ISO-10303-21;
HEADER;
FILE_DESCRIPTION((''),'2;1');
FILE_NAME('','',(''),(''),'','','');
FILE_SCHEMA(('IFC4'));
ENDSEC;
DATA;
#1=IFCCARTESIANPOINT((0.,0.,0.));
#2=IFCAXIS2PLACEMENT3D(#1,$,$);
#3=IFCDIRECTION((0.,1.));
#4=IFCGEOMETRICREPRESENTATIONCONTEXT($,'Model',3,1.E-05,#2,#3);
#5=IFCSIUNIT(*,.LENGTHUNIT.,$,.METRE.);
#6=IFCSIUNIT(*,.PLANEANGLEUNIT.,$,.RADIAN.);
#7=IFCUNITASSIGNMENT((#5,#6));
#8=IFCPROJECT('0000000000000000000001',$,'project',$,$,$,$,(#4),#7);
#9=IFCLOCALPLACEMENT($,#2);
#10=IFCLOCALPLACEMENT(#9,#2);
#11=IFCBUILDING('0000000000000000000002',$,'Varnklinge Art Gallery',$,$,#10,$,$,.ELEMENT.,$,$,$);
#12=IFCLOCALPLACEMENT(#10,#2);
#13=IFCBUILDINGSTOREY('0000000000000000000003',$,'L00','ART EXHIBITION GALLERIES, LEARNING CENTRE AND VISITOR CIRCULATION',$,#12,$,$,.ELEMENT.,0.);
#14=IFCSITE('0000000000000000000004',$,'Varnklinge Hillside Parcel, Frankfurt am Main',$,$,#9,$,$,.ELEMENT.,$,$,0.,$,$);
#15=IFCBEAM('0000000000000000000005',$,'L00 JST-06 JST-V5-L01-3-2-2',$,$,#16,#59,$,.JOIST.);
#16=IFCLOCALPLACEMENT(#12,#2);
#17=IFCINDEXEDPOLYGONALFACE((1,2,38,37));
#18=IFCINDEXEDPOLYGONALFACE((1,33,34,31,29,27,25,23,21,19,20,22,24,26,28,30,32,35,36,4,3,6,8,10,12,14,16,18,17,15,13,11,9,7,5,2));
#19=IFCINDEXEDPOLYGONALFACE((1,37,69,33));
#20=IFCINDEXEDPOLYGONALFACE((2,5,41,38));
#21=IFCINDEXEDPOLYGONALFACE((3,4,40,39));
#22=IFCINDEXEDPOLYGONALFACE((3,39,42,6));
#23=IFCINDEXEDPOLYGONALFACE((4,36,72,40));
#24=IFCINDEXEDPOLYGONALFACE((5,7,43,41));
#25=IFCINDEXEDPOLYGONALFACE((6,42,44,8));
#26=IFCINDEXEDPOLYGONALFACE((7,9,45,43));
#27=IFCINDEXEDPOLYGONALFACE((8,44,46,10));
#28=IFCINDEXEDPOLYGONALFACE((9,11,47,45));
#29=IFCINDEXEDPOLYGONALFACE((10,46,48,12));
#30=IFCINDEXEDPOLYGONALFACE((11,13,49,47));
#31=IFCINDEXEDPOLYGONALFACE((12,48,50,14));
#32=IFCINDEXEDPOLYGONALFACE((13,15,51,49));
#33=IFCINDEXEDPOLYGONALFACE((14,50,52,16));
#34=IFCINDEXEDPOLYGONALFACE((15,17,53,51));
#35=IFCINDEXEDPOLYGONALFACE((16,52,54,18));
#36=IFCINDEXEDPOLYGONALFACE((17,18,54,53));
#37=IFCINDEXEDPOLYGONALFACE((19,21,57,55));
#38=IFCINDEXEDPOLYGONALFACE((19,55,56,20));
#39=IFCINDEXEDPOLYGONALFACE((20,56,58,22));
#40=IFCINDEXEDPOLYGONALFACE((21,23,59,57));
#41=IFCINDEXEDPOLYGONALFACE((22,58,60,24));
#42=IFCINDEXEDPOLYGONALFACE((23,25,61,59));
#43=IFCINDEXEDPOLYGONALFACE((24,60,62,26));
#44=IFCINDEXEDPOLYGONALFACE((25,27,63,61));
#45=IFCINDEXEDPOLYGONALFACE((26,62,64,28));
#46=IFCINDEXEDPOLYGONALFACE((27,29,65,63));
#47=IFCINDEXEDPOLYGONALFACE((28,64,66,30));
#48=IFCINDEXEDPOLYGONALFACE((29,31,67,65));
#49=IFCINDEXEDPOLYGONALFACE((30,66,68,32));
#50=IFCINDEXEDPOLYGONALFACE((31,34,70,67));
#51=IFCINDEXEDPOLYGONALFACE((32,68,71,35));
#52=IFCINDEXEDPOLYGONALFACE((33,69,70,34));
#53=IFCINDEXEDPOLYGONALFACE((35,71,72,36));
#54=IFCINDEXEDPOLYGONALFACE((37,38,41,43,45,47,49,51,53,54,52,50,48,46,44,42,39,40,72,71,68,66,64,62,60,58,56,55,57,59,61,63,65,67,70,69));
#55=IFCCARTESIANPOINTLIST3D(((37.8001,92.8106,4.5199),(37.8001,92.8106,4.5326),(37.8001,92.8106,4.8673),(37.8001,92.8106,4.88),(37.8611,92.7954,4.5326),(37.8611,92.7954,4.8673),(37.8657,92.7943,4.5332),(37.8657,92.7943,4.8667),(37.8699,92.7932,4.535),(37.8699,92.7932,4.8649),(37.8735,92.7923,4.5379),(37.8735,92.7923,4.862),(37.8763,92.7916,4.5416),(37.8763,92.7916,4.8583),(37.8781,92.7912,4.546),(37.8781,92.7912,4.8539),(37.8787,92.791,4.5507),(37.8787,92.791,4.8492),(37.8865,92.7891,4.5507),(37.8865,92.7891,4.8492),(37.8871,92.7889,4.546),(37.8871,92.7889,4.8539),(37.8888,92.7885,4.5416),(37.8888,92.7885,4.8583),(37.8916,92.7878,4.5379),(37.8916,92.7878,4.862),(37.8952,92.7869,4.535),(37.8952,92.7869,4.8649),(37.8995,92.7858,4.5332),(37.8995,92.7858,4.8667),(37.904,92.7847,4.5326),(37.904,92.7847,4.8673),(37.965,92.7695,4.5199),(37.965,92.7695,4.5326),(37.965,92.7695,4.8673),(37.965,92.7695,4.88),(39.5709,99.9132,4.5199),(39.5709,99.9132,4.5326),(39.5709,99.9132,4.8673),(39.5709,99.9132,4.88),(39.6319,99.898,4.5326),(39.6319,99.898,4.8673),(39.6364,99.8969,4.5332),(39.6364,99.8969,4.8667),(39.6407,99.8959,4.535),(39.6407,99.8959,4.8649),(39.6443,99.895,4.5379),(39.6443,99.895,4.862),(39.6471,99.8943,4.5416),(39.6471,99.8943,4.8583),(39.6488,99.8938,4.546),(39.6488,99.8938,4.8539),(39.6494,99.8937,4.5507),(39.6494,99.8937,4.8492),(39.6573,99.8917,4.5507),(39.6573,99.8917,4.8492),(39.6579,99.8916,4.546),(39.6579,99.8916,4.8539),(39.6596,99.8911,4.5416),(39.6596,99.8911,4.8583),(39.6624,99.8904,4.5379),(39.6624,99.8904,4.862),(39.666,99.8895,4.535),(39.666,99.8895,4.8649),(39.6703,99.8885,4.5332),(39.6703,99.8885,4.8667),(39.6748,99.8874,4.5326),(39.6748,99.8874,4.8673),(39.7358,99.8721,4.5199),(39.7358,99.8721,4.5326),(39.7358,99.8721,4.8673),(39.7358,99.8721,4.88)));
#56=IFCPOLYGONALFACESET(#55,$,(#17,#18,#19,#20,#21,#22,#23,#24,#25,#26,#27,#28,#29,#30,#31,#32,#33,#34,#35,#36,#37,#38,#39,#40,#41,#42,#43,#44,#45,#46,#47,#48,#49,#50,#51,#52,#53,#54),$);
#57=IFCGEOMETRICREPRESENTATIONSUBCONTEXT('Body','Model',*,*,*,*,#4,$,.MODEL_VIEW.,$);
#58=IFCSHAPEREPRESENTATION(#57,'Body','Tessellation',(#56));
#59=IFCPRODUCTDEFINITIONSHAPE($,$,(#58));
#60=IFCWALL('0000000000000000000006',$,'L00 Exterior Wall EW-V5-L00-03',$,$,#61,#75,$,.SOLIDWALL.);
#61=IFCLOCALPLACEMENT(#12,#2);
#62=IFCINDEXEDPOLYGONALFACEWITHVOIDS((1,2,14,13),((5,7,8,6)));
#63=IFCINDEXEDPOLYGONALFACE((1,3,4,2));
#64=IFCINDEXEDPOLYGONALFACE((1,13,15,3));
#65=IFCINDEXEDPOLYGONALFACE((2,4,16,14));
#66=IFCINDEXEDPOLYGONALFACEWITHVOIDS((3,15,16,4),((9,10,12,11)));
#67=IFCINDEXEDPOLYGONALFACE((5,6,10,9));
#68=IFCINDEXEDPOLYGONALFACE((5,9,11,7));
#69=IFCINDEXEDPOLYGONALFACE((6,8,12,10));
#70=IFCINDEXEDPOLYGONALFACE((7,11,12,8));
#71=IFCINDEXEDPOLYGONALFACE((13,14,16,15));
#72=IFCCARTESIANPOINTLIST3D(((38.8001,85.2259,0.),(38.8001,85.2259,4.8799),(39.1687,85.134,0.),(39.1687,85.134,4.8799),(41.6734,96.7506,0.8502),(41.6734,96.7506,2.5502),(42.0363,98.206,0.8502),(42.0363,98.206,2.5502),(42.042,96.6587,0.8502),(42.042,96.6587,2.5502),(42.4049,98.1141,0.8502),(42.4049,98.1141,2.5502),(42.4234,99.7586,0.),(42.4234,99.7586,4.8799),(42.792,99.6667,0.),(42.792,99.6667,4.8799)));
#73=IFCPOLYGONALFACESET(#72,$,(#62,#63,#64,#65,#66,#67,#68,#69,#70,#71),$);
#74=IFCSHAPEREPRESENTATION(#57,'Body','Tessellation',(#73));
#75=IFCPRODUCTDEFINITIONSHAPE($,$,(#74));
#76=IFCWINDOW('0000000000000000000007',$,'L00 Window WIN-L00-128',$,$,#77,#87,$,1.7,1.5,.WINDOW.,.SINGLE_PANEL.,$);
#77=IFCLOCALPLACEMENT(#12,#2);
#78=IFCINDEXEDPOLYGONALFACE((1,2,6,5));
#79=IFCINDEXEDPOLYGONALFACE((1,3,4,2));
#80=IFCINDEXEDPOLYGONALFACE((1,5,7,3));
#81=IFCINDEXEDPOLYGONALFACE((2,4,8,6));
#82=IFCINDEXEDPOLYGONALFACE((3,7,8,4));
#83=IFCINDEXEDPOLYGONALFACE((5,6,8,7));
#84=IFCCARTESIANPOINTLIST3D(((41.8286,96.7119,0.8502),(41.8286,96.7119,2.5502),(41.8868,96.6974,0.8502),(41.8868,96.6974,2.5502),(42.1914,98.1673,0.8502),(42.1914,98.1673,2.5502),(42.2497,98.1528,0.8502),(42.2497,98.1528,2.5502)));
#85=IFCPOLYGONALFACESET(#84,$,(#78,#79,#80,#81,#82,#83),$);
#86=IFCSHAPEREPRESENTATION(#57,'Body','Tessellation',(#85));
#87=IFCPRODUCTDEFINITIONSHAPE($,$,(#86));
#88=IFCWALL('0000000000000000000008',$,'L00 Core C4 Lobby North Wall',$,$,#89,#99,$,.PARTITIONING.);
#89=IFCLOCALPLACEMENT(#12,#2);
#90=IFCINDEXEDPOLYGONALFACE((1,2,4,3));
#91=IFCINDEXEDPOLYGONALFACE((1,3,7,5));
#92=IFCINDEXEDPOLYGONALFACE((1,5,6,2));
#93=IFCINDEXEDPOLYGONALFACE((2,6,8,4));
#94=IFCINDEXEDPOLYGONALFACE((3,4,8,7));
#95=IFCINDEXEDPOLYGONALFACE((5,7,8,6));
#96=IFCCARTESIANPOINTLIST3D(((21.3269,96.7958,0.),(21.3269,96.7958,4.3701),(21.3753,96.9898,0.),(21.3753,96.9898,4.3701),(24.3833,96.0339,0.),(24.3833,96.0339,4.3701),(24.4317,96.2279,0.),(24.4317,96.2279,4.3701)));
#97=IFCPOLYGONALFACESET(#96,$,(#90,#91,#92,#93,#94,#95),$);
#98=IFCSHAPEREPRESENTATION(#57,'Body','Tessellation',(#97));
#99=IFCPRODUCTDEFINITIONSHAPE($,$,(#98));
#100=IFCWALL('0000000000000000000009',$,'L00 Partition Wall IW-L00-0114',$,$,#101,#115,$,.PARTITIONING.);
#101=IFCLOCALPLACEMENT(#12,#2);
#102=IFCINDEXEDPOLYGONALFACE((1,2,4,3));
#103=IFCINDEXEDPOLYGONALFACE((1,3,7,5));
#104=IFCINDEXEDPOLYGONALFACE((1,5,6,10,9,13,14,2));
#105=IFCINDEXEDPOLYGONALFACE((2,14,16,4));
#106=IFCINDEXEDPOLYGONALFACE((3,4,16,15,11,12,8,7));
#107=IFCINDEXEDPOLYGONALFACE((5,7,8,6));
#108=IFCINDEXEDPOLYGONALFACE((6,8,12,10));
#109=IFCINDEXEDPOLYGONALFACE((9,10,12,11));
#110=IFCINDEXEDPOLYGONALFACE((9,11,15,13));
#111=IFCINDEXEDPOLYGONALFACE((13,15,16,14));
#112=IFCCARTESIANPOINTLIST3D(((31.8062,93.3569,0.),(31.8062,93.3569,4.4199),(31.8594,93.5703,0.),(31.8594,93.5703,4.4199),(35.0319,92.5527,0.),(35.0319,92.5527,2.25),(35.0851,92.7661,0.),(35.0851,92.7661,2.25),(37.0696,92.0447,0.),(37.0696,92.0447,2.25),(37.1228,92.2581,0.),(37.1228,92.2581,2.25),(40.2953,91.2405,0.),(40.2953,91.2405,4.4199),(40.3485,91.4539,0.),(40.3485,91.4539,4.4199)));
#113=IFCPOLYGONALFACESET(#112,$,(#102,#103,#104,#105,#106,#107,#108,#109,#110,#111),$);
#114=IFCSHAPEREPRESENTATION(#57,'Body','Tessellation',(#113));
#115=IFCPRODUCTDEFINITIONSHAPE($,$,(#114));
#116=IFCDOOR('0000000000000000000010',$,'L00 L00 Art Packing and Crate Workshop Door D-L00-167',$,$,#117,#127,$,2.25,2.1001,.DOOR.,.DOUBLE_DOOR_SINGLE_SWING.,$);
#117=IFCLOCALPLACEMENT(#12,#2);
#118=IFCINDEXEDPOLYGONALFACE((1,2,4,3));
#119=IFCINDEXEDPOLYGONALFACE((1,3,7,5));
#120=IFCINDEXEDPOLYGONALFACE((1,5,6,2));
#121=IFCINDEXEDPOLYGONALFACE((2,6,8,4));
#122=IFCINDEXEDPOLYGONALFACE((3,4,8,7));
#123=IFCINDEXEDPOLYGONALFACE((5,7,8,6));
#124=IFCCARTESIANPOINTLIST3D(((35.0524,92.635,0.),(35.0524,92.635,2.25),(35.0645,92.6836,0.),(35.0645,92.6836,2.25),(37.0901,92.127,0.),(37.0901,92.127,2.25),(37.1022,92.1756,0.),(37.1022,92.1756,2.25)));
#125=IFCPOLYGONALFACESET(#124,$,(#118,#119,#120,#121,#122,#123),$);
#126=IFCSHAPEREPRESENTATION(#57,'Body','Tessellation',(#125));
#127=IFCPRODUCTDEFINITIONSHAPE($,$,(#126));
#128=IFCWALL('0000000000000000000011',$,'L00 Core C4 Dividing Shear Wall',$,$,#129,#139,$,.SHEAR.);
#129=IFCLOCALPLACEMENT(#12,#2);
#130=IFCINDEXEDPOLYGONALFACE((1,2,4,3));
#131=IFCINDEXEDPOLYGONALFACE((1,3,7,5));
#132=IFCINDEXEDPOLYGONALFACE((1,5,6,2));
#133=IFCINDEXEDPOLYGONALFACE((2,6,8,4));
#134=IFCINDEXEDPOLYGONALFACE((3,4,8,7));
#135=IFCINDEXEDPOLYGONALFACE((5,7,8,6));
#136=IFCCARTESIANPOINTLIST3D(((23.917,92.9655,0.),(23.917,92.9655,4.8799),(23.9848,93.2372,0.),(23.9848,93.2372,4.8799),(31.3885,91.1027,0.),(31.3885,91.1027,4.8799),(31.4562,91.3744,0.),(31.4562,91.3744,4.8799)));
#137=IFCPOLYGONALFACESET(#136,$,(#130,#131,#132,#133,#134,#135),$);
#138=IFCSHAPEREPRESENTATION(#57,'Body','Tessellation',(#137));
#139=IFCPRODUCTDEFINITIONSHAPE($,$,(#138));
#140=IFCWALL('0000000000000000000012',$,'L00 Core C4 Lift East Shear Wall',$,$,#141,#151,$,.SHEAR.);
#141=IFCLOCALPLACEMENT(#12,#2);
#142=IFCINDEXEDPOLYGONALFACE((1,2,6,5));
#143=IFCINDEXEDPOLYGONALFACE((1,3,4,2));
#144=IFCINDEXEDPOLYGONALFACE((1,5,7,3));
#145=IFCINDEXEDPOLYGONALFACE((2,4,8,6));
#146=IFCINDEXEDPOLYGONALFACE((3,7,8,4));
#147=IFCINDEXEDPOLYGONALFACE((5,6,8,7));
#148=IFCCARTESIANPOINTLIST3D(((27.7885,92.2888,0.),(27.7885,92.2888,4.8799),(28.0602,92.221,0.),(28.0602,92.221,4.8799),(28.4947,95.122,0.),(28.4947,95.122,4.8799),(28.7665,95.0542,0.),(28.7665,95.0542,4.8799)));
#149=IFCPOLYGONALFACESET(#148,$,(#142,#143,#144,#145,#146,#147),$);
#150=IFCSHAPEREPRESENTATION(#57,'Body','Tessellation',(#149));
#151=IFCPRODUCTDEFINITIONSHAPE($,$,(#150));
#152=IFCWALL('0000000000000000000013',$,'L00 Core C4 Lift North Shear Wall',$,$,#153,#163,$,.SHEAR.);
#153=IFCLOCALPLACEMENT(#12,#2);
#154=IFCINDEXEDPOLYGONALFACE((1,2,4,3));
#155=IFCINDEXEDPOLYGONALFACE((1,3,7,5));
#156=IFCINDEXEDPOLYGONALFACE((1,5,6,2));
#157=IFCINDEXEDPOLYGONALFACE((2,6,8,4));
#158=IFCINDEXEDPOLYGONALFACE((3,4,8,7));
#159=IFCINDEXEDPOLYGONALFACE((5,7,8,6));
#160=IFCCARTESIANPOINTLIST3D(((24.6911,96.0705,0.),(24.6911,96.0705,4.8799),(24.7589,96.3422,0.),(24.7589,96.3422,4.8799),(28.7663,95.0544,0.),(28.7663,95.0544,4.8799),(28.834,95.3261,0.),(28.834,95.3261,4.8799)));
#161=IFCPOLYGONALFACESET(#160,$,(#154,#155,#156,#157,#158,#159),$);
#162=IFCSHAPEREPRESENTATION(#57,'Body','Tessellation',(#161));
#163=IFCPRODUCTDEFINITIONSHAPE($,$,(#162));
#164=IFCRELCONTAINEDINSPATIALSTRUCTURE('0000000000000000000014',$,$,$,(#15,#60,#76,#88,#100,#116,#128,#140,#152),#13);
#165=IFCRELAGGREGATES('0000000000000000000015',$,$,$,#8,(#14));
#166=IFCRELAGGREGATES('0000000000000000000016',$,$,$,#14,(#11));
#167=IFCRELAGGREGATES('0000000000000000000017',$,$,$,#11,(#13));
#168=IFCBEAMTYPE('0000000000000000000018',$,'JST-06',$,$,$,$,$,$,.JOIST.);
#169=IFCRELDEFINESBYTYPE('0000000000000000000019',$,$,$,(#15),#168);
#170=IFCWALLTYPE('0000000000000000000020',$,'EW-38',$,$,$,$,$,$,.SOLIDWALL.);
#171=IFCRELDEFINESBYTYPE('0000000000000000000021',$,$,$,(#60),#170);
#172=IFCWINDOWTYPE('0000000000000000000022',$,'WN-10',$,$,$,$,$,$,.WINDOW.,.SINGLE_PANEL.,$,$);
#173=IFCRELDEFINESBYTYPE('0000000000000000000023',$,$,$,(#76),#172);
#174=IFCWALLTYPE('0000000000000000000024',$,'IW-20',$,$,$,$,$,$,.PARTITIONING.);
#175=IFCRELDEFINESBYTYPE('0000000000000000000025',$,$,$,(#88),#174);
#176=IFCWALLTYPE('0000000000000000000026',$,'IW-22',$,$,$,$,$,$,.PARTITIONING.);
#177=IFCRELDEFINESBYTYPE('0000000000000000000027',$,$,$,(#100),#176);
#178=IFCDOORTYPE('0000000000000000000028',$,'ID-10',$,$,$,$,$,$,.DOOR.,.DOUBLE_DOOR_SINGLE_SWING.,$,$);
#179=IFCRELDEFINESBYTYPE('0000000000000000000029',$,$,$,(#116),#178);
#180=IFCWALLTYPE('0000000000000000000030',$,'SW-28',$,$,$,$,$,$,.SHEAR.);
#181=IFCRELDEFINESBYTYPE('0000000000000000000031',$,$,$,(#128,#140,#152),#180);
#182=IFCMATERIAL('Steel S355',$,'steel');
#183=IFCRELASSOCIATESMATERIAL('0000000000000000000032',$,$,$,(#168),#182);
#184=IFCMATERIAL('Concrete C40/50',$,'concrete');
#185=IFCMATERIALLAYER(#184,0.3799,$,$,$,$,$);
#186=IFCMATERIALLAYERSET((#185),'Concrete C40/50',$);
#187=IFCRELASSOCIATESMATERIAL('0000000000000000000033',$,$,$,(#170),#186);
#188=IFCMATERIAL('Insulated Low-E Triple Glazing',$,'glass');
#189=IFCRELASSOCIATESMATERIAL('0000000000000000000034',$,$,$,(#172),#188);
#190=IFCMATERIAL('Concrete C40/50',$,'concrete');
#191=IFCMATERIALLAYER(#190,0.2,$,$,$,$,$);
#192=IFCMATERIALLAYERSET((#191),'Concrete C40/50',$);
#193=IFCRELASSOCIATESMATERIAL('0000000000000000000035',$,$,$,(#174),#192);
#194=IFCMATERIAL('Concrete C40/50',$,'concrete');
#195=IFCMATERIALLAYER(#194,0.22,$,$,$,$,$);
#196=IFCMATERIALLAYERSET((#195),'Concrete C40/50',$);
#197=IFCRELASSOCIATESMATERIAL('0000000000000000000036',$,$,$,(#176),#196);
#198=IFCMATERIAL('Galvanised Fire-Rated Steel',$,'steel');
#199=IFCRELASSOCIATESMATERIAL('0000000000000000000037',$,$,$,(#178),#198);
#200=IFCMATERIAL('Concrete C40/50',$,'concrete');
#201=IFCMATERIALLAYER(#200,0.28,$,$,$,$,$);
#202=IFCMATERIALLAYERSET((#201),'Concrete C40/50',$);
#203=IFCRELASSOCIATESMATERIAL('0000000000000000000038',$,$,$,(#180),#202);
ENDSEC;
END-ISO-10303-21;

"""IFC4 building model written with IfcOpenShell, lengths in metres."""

from ifc_helpers import new_model, si_unit, direction, frame, frame_2d, origin, origin_2d, place, context, subcontext, project, spatial, rectangle, i_section, extrude, material, layer, layer_set, material_profile, profile_set, type_object, element, fill, save


model = new_model("IFC4")

# Units and contexts
model_context = context("Model", 3, precision=1e-05, world=origin(), true_north=direction((0.0, 1.0)))
body_context = subcontext(model_context, "Body", "Model", "MODEL_VIEW")
ifc_project = project(units=[si_unit("LENGTHUNIT", "METRE"), si_unit("PLANEANGLEUNIT", "RADIAN")], contexts=[model_context])

# Site, building, storey
site_placement = place(None, origin())
site = spatial("IfcSite", under=ifc_project, at=site_placement, Name="Varnklinge Hillside Parcel, Frankfurt am Main", CompositionType="ELEMENT", RefElevation=0.0)
building_placement = place(site_placement, origin())
building = spatial("IfcBuilding", under=site, at=building_placement, Name="Varnklinge Art Gallery", CompositionType="ELEMENT")
storey_placement = place(building_placement, origin())
storey = spatial("IfcBuildingStorey", under=building, at=storey_placement, Name="L00", Description="ART EXHIBITION GALLERIES, LEARNING CENTRE AND VISITOR CIRCULATION", CompositionType="ELEMENT", Elevation=0.0)

# Beam
ifc_material_1 = material(Name="Steel S355", Category="steel")
ifc_material_profile_1 = material_profile(ifc_material_1, i_section(OverallWidth=0.1699, OverallDepth=0.3601, WebThickness=0.0081, FlangeThickness=0.0127, FilletRadius=0.0181, at=origin_2d()), Name="IPE 360")
ifc_profile_set_1 = profile_set([ifc_material_profile_1], Name="Steel S355")
beam_type_1 = type_object("IfcBeamType", Name="JST-06", PredefinedType="JOIST", material=ifc_profile_set_1)
for number, where, z_axis, x_axis, name in (
    (1, (37.8826, 92.79, 4.7), (0.241908, 0.970299, 0.0), (-0.970299, 0.241908, 0.0), "L00 JST-06 JST-V5-L01-3-2-2"),
):
    element("IfcBeam", number, at=place(storey_placement, frame(where, z_axis=z_axis, x_axis=x_axis)), inside=storey, type_object=beam_type_1, Name=name, PredefinedType="JOIST", context=body_context, shape_type="SweptSolid", body=[
        extrude(i_section(OverallWidth=0.1699, OverallDepth=0.3601, WebThickness=0.0081, FlangeThickness=0.0127, FilletRadius=0.0181, at=origin_2d()), origin(), (0.0, 0.0, 1.0), 7.3201),
    ])

# Wall, opening, window
ifc_material_2 = material(Name="Concrete C40/50", Category="concrete")
ifc_layer_1 = layer(ifc_material_2, 0.3799)
ifc_layer_set_1 = layer_set([ifc_layer_1], Name="Concrete C40/50")
wall_type_1 = type_object("IfcWallType", Name="EW-38", PredefinedType="SOLIDWALL", material=ifc_layer_set_1)
wall_1_placement = place(storey_placement, frame((42.6077, 99.7126, 0.0), z_axis=(0.0, 0.0, 1.0), x_axis=(-0.241914, -0.970298, 0.0)))
wall_1 = element("IfcWall", 2, at=wall_1_placement, inside=storey, type_object=wall_type_1, Name="L00 Exterior Wall EW-V5-L00-03", PredefinedType="SOLIDWALL", context=body_context, shape_type="SweptSolid", body=[
    extrude(rectangle(XDim=14.9775, YDim=0.3799, at=frame_2d((7.4888, 0.0))), origin(), (0.0, 0.0, 1.0), 4.8799),
])
opening_1_placement = place(wall_1_placement, frame((1.6001, 0.0, 0.8501)))
opening_1 = element("IfcOpeningElement", 3, at=opening_1_placement, cuts=wall_1, PredefinedType="OPENING", context=body_context, shape_type="SweptSolid", body=[
    extrude(rectangle(XDim=1.5, YDim=1.7, at=frame_2d((0.75, 0.8501))), frame((0.0, 0.2, 0.0), z_axis=(0.0, -1.0, 0.0), x_axis=(1.0, 0.0, 0.0)), (0.0, 0.0, 1.0), 0.3999),
])
ifc_material_3 = material(Name="Insulated Low-E Triple Glazing", Category="glass")
window_type = type_object("IfcWindowType", Name="WN-10", PartitioningType="SINGLE_PANEL", PredefinedType="WINDOW", material=ifc_material_3)
window_placement = place(opening_1_placement, origin())
window = element("IfcWindow", 4, at=window_placement, inside=storey, type_object=window_type, Name="L00 Window WIN-L00-128", OverallHeight=1.7, OverallWidth=1.5, PartitioningType="SINGLE_PANEL", PredefinedType="WINDOW", context=body_context, shape_type="SweptSolid", body=[
    extrude(rectangle(XDim=1.5, YDim=1.7, at=frame_2d((0.75, 0.8501))), frame((0.0, 0.03, 0.0), z_axis=(0.0, -1.0, 0.0), x_axis=(1.0, 0.0, 0.0)), (0.0, 0.0, 1.0), 0.0601),
])
fill(opening_1, window)

# Wall
ifc_material_4 = material(Name="Concrete C40/50", Category="concrete")
ifc_layer_2 = layer(ifc_material_4, 0.2)
ifc_layer_set_2 = layer_set([ifc_layer_2], Name="Concrete C40/50")
wall_type_2 = type_object("IfcWallType", Name="IW-20", PredefinedType="PARTITIONING", material=ifc_layer_set_2)
wall_2_placement = place(storey_placement, frame((24.4075, 96.1309, 0.0), z_axis=(0.0, 0.0, 1.0), x_axis=(-0.970302, 0.241897, 0.0)))
element("IfcWall", 5, at=wall_2_placement, inside=storey, type_object=wall_type_2, Name="L00 Core C4 Lobby North Wall", PredefinedType="PARTITIONING", context=body_context, shape_type="SweptSolid", body=[
    extrude(rectangle(XDim=3.1499, YDim=0.2, at=frame_2d((1.575, 0.0))), origin(), (0.0, 0.0, 1.0), 4.3701),
])

# Wall, opening, door
ifc_material_5 = material(Name="Concrete C40/50", Category="concrete")
ifc_layer_3 = layer(ifc_material_5, 0.22)
ifc_layer_set_3 = layer_set([ifc_layer_3], Name="Concrete C40/50")
wall_type_3 = type_object("IfcWallType", Name="IW-22", PredefinedType="PARTITIONING", material=ifc_layer_set_3)
wall_3_placement = place(storey_placement, frame((31.8328, 93.4636, 0.0), z_axis=(0.0, 0.0, 1.0), x_axis=(0.9703, -0.241905, 0.0)))
wall_3 = element("IfcWall", 6, at=wall_3_placement, inside=storey, type_object=wall_type_3, Name="L00 Partition Wall IW-L00-0114", PredefinedType="PARTITIONING", context=body_context, shape_type="SweptSolid", body=[
    extrude(rectangle(XDim=8.749, YDim=0.22, at=frame_2d((4.3745, 0.0))), origin(), (0.0, 0.0, 1.0), 4.4199),
])
opening_2_placement = place(wall_3_placement, frame((3.3245, 0.0, 0.0)))
opening_2 = element("IfcOpeningElement", 7, at=opening_2_placement, cuts=wall_3, PredefinedType="OPENING", context=body_context, shape_type="SweptSolid", body=[
    extrude(rectangle(XDim=2.1001, YDim=2.25, at=frame_2d((1.05, 1.125))), frame((0.0, 0.1199, 0.0), z_axis=(0.0, -1.0, 0.0), x_axis=(1.0, 0.0, 0.0)), (0.0, 0.0, 1.0), 0.24),
])
ifc_material_6 = material(Name="Galvanised Fire-Rated Steel", Category="steel")
door_type_1 = type_object("IfcDoorType", Name="ID-10", OperationType="DOUBLE_DOOR_SINGLE_SWING", PredefinedType="DOOR", material=ifc_material_6)
door_1_placement = place(opening_2_placement, origin())
door_1 = element("IfcDoor", 8, at=door_1_placement, inside=storey, type_object=door_type_1, Name="L00 L00 Art Packing and Crate Workshop Door D-L00-167", OperationType="DOUBLE_DOOR_SINGLE_SWING", OverallHeight=2.25, OverallWidth=2.1001, PredefinedType="DOOR", context=body_context, shape_type="SweptSolid", body=[
    extrude(rectangle(XDim=2.1001, YDim=2.25, at=frame_2d((1.05, 1.125))), frame((0.0, 0.0249, 0.0), z_axis=(0.0, -1.0, 0.0), x_axis=(1.0, 0.0, 0.0)), (0.0, 0.0, 1.0), 0.05),
])
fill(opening_2, door_1)

# Walls
ifc_material_7 = material(Name="Concrete C40/50", Category="concrete")
ifc_layer_4 = layer(ifc_material_7, 0.28)
ifc_layer_set_4 = layer_set([ifc_layer_4], Name="Concrete C40/50")
wall_type_4 = type_object("IfcWallType", Name="SW-28", PredefinedType="SHEAR", material=ifc_layer_set_4)
wall_4_placement = place(storey_placement, frame((31.4224, 91.2385, 0.0), z_axis=(0.0, 0.0, 1.0), x_axis=(-0.970297, 0.241916, 0.0)))
element("IfcWall", 9, at=wall_4_placement, inside=storey, type_object=wall_type_4, Name="L00 Core C4 Dividing Shear Wall", PredefinedType="SHEAR", context=body_context, shape_type="SweptSolid", body=[
    extrude(rectangle(XDim=7.7002, YDim=0.28, at=frame_2d((3.8501, 0.0))), origin(), (0.0, 0.0, 1.0), 4.8799),
])
wall_5_placement = place(storey_placement, frame((27.9243, 92.2549, 0.0), z_axis=(0.0, 0.0, 1.0), x_axis=(0.241886, 0.970305, 0.0)))
element("IfcWall", 10, at=wall_5_placement, inside=storey, type_object=wall_type_4, Name="L00 Core C4 Lift East Shear Wall", PredefinedType="SHEAR", context=body_context, shape_type="SweptSolid", body=[
    extrude(rectangle(XDim=2.9199, YDim=0.28, at=frame_2d((1.46, 0.0))), origin(), (0.0, 0.0, 1.0), 4.8799),
])
wall_6_placement = place(storey_placement, frame((28.8003, 95.1902, 0.0), z_axis=(0.0, 0.0, 1.0), x_axis=(-0.970293, 0.241934, 0.0)))
element("IfcWall", 11, at=wall_6_placement, inside=storey, type_object=wall_type_4, Name="L00 Core C4 Lift North Shear Wall", PredefinedType="SHEAR", context=body_context, shape_type="SweptSolid", body=[
    extrude(rectangle(XDim=4.2, YDim=0.28, at=frame_2d((2.1001, 0.0))), origin(), (0.0, 0.0, 1.0), 4.8799),
])

save(model, "model.ifc")
